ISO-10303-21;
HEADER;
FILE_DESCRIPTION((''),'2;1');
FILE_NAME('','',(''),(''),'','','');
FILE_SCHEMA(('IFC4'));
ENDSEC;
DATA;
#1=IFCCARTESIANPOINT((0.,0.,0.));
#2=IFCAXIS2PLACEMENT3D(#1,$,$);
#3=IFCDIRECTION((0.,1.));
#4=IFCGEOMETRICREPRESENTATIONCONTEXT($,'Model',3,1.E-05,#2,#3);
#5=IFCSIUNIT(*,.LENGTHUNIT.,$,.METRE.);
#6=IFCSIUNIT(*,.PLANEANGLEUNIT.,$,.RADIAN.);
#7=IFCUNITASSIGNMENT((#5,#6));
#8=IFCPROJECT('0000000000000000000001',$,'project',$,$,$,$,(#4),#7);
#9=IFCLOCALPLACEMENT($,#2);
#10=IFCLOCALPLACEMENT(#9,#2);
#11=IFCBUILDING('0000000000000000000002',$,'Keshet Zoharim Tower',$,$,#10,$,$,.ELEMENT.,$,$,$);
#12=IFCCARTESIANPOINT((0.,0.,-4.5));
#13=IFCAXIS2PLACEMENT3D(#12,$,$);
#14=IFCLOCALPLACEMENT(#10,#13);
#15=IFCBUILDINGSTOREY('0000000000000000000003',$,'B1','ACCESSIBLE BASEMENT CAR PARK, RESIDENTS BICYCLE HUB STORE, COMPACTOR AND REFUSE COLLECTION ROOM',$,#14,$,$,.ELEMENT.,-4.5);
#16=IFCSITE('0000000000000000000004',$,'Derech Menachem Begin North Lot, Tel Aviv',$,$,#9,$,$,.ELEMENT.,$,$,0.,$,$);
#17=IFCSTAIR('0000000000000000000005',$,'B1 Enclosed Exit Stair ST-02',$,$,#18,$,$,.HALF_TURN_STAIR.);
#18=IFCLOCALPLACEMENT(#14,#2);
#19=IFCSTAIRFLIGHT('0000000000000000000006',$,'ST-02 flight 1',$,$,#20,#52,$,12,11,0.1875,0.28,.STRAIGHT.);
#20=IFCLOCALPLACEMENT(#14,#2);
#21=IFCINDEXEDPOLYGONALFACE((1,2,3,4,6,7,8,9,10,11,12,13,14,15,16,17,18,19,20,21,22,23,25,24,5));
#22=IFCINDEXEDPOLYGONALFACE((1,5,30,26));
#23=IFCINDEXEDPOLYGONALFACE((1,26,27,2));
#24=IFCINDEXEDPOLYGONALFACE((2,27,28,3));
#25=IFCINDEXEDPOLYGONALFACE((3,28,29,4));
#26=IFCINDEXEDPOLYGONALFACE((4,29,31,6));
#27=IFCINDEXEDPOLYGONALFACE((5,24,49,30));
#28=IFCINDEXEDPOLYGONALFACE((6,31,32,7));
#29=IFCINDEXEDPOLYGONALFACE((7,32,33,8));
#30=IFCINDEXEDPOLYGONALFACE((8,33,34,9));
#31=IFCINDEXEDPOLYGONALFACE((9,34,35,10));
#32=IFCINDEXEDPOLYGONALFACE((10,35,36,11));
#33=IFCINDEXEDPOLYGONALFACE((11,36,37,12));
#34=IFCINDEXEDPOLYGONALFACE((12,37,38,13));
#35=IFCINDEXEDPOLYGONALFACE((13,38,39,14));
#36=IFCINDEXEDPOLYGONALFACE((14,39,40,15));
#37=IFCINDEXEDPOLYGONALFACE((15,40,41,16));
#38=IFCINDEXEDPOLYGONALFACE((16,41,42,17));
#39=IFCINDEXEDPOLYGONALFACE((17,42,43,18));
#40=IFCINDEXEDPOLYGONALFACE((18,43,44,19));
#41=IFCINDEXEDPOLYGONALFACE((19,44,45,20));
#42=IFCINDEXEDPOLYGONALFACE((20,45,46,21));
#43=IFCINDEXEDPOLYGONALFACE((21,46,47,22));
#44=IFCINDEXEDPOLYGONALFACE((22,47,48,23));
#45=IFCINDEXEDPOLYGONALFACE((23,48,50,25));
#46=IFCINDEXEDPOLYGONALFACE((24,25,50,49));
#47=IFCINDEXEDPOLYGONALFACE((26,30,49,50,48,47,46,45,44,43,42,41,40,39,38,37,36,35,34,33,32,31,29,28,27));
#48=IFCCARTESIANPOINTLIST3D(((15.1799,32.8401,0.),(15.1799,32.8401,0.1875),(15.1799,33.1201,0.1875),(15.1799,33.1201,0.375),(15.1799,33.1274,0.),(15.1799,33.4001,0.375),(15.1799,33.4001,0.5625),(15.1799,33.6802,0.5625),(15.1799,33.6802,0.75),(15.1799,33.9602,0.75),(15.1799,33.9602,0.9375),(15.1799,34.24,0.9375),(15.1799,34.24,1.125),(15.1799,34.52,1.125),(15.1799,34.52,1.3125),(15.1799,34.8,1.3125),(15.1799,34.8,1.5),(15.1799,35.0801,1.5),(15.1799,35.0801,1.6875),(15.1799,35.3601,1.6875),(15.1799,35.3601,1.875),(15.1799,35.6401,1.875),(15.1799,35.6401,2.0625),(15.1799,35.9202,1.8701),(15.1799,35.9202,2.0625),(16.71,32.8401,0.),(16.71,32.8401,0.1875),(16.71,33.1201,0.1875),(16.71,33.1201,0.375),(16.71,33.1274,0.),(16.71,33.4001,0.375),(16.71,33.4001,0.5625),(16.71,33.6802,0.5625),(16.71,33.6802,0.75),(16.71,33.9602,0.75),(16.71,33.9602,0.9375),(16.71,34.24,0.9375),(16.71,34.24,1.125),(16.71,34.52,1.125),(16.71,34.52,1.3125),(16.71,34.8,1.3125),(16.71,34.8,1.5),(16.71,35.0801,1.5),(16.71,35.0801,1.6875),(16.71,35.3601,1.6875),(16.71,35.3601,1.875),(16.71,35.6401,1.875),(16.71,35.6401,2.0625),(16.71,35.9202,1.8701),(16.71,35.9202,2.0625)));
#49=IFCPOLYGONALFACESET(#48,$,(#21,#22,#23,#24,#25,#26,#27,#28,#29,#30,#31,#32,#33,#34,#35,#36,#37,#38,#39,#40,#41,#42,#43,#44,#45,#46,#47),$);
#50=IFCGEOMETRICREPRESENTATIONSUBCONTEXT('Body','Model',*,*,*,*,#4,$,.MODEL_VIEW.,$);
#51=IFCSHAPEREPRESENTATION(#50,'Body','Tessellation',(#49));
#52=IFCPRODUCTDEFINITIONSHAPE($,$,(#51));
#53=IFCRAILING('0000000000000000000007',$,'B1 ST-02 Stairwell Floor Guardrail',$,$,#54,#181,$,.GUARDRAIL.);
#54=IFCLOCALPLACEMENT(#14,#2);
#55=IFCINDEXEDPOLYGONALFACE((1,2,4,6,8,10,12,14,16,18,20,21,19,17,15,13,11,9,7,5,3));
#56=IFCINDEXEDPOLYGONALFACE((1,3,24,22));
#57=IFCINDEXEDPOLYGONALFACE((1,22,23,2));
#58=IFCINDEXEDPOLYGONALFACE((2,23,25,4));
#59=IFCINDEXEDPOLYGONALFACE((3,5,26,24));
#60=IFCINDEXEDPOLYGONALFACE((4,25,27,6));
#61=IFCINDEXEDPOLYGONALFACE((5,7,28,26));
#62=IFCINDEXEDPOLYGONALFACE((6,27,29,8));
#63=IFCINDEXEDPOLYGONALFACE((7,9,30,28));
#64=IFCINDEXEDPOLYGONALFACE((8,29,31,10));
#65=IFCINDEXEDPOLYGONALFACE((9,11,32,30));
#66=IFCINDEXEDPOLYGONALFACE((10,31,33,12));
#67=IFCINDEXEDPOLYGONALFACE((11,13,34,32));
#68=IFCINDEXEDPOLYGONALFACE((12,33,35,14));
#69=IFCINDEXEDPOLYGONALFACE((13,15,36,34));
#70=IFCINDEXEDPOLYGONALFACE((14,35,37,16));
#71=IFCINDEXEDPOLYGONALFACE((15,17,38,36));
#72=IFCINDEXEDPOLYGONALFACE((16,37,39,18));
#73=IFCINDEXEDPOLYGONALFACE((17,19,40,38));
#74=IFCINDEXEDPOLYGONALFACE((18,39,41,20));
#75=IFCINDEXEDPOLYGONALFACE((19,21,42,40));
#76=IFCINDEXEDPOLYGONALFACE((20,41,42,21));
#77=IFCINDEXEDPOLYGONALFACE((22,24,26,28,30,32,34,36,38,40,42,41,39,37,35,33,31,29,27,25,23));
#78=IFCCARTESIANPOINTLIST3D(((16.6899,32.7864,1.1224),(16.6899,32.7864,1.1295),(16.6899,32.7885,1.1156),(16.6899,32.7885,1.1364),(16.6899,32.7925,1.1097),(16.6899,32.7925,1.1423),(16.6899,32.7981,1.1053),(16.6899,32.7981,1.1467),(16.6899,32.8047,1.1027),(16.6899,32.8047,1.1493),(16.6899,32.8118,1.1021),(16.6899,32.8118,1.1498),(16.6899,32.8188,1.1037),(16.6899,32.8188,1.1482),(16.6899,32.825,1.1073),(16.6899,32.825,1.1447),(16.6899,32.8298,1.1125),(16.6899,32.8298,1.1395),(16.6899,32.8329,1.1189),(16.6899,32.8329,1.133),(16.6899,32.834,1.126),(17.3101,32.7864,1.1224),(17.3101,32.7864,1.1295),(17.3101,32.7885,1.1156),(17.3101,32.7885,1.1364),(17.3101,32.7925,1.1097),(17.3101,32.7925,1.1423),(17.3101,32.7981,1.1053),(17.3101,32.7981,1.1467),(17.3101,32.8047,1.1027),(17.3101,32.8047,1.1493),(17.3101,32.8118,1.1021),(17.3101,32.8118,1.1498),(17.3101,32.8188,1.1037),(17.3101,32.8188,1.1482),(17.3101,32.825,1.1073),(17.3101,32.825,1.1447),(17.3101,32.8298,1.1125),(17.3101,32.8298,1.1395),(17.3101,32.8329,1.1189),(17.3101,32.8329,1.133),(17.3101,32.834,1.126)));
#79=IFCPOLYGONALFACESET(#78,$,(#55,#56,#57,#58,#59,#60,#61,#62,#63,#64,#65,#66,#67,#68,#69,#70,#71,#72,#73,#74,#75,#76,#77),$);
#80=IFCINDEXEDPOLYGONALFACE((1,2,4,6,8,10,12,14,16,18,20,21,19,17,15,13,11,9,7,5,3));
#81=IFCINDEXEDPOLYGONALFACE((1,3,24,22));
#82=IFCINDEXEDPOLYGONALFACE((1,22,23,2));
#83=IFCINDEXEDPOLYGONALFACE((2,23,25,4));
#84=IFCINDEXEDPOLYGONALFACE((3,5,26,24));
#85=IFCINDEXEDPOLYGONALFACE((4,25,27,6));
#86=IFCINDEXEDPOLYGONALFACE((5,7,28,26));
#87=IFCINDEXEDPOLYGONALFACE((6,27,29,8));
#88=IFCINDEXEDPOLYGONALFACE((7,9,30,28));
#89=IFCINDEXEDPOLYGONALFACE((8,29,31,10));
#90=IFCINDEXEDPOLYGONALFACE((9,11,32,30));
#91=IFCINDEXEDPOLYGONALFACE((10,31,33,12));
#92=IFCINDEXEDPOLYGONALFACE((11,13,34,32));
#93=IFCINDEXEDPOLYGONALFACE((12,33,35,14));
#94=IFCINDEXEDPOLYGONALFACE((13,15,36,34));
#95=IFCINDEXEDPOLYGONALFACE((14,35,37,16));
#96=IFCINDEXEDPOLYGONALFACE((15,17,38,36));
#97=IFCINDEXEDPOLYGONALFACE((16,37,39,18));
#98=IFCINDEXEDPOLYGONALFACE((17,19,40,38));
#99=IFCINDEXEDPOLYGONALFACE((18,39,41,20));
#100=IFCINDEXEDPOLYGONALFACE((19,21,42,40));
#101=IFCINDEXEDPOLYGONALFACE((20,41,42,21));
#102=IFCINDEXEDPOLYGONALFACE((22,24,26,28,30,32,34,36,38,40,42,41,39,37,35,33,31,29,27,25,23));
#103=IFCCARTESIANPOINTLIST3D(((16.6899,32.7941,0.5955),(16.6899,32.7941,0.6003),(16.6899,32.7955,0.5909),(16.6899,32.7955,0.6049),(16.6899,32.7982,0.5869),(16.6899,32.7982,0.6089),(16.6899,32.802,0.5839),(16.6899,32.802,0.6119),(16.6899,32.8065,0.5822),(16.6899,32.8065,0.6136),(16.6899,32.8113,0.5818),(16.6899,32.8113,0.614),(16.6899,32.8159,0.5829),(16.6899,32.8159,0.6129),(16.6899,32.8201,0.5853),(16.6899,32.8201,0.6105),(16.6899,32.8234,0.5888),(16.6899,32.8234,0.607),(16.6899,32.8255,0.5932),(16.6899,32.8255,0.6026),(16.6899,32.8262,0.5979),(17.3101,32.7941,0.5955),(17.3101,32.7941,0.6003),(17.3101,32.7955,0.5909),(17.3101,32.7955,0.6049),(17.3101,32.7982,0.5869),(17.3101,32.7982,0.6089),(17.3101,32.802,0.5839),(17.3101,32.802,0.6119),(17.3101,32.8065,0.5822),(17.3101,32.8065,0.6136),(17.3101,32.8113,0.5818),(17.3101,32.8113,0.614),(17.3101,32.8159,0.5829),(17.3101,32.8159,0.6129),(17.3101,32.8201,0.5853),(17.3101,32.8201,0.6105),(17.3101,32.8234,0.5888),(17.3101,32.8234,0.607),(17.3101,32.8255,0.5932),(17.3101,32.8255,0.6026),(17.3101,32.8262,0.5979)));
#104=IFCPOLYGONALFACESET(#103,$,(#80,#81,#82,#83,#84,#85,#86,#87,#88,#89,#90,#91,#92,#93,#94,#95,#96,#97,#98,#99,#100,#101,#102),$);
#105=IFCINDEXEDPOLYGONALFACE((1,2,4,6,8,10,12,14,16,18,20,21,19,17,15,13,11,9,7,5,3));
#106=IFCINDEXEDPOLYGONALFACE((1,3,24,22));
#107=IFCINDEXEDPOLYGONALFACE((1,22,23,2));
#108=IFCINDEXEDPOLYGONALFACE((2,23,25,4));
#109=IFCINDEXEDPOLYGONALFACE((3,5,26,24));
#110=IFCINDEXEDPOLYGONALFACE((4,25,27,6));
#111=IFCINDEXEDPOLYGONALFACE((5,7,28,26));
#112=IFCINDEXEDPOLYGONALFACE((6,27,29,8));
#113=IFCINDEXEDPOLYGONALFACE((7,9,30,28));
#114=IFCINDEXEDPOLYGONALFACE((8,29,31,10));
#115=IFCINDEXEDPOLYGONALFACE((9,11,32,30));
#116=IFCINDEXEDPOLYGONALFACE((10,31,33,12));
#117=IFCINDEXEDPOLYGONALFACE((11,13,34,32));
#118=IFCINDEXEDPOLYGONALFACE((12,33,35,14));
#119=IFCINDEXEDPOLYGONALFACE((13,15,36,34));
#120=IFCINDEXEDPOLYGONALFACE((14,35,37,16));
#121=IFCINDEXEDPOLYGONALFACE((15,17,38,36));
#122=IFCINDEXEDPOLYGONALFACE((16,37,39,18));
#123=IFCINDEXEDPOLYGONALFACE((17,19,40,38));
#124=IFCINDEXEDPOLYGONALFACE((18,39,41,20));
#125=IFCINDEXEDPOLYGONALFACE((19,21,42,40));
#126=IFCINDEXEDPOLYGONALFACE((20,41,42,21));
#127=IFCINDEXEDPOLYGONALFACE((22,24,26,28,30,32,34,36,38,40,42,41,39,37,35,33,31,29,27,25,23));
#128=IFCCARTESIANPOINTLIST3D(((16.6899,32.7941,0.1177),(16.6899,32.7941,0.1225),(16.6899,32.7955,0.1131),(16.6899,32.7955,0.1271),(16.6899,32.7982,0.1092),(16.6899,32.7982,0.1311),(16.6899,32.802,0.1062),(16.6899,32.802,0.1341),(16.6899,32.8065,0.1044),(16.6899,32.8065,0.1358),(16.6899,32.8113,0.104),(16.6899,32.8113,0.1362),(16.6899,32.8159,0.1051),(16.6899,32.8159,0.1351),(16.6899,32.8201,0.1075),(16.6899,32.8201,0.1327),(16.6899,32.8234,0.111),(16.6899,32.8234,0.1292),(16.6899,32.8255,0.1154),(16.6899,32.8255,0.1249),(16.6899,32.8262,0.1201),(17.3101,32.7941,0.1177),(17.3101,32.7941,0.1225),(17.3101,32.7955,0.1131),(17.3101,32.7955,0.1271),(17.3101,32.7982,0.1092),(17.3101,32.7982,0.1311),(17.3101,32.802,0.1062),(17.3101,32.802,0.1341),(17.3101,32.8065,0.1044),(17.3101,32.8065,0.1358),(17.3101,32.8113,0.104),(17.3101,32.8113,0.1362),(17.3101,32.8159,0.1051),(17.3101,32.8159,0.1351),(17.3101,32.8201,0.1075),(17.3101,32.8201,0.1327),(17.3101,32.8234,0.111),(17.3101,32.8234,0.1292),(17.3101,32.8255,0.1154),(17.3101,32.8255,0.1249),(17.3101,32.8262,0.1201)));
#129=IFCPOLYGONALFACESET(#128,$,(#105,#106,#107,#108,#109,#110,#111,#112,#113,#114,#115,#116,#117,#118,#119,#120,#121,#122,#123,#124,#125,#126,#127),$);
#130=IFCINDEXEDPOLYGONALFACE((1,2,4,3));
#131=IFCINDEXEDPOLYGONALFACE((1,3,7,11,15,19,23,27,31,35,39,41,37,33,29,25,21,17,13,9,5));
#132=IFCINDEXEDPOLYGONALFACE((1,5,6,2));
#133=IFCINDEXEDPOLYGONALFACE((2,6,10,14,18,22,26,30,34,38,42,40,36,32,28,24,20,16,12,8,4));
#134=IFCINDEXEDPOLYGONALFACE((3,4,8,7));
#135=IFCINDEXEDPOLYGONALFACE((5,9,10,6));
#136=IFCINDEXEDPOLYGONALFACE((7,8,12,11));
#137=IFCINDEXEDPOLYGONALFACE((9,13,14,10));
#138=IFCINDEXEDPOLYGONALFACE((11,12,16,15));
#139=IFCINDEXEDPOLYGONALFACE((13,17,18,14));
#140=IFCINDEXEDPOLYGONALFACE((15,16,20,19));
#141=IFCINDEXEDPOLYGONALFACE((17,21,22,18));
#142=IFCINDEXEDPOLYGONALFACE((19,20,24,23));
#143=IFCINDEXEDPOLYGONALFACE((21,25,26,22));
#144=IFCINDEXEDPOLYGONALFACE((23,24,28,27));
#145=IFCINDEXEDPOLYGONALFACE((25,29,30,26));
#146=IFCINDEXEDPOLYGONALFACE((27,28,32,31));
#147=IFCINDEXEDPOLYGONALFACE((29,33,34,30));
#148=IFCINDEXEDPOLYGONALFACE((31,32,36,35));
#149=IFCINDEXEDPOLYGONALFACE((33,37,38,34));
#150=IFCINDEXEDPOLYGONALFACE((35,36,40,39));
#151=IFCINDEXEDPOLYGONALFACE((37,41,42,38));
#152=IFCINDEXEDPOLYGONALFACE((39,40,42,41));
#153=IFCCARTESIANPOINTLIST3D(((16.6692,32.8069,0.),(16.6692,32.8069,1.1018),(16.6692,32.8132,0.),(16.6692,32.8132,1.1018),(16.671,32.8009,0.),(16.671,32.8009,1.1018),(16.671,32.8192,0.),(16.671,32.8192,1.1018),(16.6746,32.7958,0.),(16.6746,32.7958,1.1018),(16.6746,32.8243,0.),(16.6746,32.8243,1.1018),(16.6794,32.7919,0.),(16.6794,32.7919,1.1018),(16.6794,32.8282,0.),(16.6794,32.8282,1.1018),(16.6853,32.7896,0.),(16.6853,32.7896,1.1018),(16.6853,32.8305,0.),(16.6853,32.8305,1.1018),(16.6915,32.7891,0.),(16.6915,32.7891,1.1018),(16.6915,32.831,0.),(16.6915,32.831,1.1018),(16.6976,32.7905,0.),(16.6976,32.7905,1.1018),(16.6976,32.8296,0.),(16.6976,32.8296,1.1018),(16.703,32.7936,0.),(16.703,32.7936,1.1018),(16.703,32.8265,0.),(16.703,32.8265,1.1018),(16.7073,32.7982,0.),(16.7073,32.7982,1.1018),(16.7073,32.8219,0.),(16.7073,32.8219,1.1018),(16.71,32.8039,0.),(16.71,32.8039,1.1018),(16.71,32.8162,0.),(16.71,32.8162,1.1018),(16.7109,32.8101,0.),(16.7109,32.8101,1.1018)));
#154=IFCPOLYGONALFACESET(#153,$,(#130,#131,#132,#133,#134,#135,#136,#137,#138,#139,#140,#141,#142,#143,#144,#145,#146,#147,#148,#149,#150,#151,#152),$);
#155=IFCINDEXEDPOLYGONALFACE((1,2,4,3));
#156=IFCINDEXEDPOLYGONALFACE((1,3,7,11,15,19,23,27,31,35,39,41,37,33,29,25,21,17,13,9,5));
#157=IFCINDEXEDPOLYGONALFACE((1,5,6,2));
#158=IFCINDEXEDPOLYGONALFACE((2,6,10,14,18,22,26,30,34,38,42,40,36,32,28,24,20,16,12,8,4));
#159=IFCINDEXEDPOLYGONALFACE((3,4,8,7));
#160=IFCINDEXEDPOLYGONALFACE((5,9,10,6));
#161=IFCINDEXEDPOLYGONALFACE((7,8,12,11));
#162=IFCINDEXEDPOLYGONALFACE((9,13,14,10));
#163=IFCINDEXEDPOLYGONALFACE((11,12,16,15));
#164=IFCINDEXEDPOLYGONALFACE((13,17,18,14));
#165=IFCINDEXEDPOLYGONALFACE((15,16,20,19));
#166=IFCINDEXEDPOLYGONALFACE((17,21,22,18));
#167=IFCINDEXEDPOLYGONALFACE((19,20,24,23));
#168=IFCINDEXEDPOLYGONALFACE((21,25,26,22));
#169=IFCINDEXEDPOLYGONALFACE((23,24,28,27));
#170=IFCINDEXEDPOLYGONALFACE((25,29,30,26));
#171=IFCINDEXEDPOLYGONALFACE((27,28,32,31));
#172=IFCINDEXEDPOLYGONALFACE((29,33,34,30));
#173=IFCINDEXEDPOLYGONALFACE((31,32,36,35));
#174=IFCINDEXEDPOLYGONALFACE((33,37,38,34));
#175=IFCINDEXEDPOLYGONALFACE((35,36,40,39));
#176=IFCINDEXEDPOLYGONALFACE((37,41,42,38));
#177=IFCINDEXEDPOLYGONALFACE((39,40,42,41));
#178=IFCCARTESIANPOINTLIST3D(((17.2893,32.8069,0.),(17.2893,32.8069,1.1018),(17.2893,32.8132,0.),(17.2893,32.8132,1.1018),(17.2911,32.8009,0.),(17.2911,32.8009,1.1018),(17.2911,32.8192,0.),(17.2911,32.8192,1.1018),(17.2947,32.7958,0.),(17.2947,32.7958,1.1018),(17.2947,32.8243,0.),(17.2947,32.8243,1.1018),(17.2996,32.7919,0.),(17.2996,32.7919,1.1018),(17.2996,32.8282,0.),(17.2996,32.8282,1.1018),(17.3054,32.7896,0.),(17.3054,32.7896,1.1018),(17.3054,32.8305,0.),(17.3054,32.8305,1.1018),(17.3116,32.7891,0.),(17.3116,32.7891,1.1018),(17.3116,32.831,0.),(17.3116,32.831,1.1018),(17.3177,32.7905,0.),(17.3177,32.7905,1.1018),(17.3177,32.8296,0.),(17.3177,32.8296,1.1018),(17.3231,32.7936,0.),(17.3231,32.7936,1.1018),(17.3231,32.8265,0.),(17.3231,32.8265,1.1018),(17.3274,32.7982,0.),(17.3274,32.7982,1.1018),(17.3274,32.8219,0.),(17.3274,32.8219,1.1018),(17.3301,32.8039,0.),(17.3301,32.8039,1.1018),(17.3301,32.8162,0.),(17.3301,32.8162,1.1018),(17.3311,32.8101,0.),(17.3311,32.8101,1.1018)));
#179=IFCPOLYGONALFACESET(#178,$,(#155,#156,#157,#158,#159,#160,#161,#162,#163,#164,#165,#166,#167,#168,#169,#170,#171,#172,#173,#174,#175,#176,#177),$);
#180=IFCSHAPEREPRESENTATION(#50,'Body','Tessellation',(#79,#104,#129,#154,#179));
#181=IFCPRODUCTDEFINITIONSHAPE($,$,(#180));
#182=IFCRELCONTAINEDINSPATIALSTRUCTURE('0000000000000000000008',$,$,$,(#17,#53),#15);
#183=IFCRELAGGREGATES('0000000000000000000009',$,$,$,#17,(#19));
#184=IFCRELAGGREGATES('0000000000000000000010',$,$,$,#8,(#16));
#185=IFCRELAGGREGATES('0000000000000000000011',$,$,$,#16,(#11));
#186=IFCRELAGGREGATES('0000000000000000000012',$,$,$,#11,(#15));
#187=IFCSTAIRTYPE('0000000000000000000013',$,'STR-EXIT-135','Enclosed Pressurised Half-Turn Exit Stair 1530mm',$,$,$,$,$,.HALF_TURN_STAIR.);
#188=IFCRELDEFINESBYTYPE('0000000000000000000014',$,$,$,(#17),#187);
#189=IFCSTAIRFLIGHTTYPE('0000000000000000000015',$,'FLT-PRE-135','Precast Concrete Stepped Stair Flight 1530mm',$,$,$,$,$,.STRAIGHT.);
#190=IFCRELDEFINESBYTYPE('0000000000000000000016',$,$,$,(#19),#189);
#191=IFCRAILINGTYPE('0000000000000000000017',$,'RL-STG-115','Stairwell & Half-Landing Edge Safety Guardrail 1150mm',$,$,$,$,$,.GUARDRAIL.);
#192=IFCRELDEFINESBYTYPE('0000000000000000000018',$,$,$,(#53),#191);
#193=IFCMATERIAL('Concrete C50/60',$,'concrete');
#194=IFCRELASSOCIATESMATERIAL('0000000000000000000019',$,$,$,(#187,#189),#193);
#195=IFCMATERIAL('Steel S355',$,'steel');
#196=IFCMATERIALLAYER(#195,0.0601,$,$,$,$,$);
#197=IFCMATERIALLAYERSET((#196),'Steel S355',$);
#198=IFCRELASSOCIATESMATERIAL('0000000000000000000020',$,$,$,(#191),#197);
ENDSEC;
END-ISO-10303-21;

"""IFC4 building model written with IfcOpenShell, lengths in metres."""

from ifc_helpers import new_model, si_unit, direction, frame, origin, origin_2d, place, context, subcontext, project, spatial, polyline, circle, outline, extrude, material, layer, layer_set, type_object, element, aggregate, save


model = new_model("IFC4")

# Units and contexts
model_context = context("Model", 3, precision=1e-05, world=origin(), true_north=direction((0.0, 1.0)))
body_context = subcontext(model_context, "Body", "Model", "MODEL_VIEW")
ifc_project = project(units=[si_unit("LENGTHUNIT", "METRE"), si_unit("PLANEANGLEUNIT", "RADIAN")], contexts=[model_context])

# Site, building, storey
site_placement = place(None, origin())
site = spatial("IfcSite", under=ifc_project, at=site_placement, Name="Derech Menachem Begin North Lot, Tel Aviv", CompositionType="ELEMENT", RefElevation=0.0)
building_placement = place(site_placement, origin())
building = spatial("IfcBuilding", under=site, at=building_placement, Name="Keshet Zoharim Tower", CompositionType="ELEMENT")
storey_placement = place(building_placement, frame((0.0, 0.0, -4.5)))
storey = spatial("IfcBuildingStorey", under=building, at=storey_placement, Name="B1", Description="ACCESSIBLE BASEMENT CAR PARK, RESIDENTS BICYCLE HUB STORE, COMPACTOR AND REFUSE COLLECTION ROOM", CompositionType="ELEMENT", Elevation=-4.5)

# Shared definitions
ifc_material_1 = material(Name="Steel S355", Category="steel")

# Shared definitions
ifc_material_2 = material(Name="Concrete C50/60", Category="concrete")

# Stair, stair flight
stair_type = type_object("IfcStairType", Name="STR-EXIT-135", Description="Enclosed Pressurised Half-Turn Exit Stair 1530mm", PredefinedType="HALF_TURN_STAIR", material=ifc_material_2)
stair_placement = place(storey_placement, origin())
stair = element("IfcStair", 1, at=stair_placement, inside=storey, type_object=stair_type, Name="B1 Enclosed Exit Stair ST-02", PredefinedType="HALF_TURN_STAIR")
stair_flight_type = type_object("IfcStairFlightType", Name="FLT-PRE-135", Description="Precast Concrete Stepped Stair Flight 1530mm", PredefinedType="STRAIGHT", material=ifc_material_2)
stair_flight_placement = place(storey_placement, frame((15.9451, 32.8401, 0.0), z_axis=(0.0, 0.0, 1.0), x_axis=(0.0, 1.0, 0.0)))
stair_flight = element("IfcStairFlight", 2, at=stair_flight_placement, type_object=stair_flight_type, Name="ST-02 flight 1", NumberOfRisers=12, NumberOfTreads=11, PredefinedType="STRAIGHT", RiserHeight=0.1875, TreadLength=0.28, context=body_context, shape_type="SweptSolid", body=[
    extrude(outline(polyline([(0.0, 0.0), (0.0, 0.1875), (0.28, 0.1875), (0.28, 0.375), (0.5601, 0.375), (0.5601, 0.5625), (0.8401, 0.5625), (0.8401, 0.75), (1.1201, 0.75), (1.1201, 0.9375), (1.3999, 0.9375), (1.3999, 1.125), (1.6799, 1.125), (1.6799, 1.3125), (1.96, 1.3125), (1.96, 1.5), (2.24, 1.5), (2.24, 1.6875), (2.52, 1.6875), (2.52, 1.875), (2.8, 1.875), (2.8, 2.0625), (3.0801, 2.0625), (3.0801, 2.25), (3.0801, 1.8701), (0.2874, 0.0), (0.0, 0.0)])), frame((0.0, 0.7651, 0.0), z_axis=(0.0, -1.0, 0.0), x_axis=(1.0, 0.0, 0.0)), (0.0, 0.0, 1.0), 1.53),
])
aggregate(stair, [stair_flight])

# Railing
ifc_layer_1 = layer(ifc_material_1, 0.0601)
ifc_layer_set_1 = layer_set([ifc_layer_1], Name="Steel S355")
railing_type_1 = type_object("IfcRailingType", Name="RL-STG-115", Description="Stairwell & Half-Landing Edge Safety Guardrail 1150mm", PredefinedType="GUARDRAIL", material=ifc_layer_set_1)
railing_1_placement = place(storey_placement, frame((16.6899, 32.8101, 0.0)))
element("IfcRailing", 3, at=railing_1_placement, inside=storey, type_object=railing_type_1, Name="B1 ST-02 Stairwell Floor Guardrail", PredefinedType="GUARDRAIL", context=body_context, shape_type="SweptSolid", body=[
    extrude(circle(Radius=0.0239, at=origin_2d()), frame((0.0, 0.0, 1.126), z_axis=(1.0, 0.0, 0.0), x_axis=(0.0, 1.0, 0.0)), (0.0, 0.0, 1.0), 0.6201),
    extrude(circle(Radius=0.0161, at=origin_2d()), frame((0.0, 0.0, 0.5979), z_axis=(1.0, 0.0, 0.0), x_axis=(0.0, 1.0, 0.0)), (0.0, 0.0, 1.0), 0.6201),
    extrude(circle(Radius=0.0161, at=origin_2d()), frame((0.0, 0.0, 0.1201), z_axis=(1.0, 0.0, 0.0), x_axis=(0.0, 1.0, 0.0)), (0.0, 0.0, 1.0), 0.6201),
    extrude(circle(Radius=0.021, at=origin_2d()), origin(), (0.0, 0.0, 1.0), 1.1018),
    extrude(circle(Radius=0.021, at=origin_2d()), frame((0.6201, 0.0, 0.0)), (0.0, 0.0, 1.0), 1.1018),
])

save(model, "model.ifc")
